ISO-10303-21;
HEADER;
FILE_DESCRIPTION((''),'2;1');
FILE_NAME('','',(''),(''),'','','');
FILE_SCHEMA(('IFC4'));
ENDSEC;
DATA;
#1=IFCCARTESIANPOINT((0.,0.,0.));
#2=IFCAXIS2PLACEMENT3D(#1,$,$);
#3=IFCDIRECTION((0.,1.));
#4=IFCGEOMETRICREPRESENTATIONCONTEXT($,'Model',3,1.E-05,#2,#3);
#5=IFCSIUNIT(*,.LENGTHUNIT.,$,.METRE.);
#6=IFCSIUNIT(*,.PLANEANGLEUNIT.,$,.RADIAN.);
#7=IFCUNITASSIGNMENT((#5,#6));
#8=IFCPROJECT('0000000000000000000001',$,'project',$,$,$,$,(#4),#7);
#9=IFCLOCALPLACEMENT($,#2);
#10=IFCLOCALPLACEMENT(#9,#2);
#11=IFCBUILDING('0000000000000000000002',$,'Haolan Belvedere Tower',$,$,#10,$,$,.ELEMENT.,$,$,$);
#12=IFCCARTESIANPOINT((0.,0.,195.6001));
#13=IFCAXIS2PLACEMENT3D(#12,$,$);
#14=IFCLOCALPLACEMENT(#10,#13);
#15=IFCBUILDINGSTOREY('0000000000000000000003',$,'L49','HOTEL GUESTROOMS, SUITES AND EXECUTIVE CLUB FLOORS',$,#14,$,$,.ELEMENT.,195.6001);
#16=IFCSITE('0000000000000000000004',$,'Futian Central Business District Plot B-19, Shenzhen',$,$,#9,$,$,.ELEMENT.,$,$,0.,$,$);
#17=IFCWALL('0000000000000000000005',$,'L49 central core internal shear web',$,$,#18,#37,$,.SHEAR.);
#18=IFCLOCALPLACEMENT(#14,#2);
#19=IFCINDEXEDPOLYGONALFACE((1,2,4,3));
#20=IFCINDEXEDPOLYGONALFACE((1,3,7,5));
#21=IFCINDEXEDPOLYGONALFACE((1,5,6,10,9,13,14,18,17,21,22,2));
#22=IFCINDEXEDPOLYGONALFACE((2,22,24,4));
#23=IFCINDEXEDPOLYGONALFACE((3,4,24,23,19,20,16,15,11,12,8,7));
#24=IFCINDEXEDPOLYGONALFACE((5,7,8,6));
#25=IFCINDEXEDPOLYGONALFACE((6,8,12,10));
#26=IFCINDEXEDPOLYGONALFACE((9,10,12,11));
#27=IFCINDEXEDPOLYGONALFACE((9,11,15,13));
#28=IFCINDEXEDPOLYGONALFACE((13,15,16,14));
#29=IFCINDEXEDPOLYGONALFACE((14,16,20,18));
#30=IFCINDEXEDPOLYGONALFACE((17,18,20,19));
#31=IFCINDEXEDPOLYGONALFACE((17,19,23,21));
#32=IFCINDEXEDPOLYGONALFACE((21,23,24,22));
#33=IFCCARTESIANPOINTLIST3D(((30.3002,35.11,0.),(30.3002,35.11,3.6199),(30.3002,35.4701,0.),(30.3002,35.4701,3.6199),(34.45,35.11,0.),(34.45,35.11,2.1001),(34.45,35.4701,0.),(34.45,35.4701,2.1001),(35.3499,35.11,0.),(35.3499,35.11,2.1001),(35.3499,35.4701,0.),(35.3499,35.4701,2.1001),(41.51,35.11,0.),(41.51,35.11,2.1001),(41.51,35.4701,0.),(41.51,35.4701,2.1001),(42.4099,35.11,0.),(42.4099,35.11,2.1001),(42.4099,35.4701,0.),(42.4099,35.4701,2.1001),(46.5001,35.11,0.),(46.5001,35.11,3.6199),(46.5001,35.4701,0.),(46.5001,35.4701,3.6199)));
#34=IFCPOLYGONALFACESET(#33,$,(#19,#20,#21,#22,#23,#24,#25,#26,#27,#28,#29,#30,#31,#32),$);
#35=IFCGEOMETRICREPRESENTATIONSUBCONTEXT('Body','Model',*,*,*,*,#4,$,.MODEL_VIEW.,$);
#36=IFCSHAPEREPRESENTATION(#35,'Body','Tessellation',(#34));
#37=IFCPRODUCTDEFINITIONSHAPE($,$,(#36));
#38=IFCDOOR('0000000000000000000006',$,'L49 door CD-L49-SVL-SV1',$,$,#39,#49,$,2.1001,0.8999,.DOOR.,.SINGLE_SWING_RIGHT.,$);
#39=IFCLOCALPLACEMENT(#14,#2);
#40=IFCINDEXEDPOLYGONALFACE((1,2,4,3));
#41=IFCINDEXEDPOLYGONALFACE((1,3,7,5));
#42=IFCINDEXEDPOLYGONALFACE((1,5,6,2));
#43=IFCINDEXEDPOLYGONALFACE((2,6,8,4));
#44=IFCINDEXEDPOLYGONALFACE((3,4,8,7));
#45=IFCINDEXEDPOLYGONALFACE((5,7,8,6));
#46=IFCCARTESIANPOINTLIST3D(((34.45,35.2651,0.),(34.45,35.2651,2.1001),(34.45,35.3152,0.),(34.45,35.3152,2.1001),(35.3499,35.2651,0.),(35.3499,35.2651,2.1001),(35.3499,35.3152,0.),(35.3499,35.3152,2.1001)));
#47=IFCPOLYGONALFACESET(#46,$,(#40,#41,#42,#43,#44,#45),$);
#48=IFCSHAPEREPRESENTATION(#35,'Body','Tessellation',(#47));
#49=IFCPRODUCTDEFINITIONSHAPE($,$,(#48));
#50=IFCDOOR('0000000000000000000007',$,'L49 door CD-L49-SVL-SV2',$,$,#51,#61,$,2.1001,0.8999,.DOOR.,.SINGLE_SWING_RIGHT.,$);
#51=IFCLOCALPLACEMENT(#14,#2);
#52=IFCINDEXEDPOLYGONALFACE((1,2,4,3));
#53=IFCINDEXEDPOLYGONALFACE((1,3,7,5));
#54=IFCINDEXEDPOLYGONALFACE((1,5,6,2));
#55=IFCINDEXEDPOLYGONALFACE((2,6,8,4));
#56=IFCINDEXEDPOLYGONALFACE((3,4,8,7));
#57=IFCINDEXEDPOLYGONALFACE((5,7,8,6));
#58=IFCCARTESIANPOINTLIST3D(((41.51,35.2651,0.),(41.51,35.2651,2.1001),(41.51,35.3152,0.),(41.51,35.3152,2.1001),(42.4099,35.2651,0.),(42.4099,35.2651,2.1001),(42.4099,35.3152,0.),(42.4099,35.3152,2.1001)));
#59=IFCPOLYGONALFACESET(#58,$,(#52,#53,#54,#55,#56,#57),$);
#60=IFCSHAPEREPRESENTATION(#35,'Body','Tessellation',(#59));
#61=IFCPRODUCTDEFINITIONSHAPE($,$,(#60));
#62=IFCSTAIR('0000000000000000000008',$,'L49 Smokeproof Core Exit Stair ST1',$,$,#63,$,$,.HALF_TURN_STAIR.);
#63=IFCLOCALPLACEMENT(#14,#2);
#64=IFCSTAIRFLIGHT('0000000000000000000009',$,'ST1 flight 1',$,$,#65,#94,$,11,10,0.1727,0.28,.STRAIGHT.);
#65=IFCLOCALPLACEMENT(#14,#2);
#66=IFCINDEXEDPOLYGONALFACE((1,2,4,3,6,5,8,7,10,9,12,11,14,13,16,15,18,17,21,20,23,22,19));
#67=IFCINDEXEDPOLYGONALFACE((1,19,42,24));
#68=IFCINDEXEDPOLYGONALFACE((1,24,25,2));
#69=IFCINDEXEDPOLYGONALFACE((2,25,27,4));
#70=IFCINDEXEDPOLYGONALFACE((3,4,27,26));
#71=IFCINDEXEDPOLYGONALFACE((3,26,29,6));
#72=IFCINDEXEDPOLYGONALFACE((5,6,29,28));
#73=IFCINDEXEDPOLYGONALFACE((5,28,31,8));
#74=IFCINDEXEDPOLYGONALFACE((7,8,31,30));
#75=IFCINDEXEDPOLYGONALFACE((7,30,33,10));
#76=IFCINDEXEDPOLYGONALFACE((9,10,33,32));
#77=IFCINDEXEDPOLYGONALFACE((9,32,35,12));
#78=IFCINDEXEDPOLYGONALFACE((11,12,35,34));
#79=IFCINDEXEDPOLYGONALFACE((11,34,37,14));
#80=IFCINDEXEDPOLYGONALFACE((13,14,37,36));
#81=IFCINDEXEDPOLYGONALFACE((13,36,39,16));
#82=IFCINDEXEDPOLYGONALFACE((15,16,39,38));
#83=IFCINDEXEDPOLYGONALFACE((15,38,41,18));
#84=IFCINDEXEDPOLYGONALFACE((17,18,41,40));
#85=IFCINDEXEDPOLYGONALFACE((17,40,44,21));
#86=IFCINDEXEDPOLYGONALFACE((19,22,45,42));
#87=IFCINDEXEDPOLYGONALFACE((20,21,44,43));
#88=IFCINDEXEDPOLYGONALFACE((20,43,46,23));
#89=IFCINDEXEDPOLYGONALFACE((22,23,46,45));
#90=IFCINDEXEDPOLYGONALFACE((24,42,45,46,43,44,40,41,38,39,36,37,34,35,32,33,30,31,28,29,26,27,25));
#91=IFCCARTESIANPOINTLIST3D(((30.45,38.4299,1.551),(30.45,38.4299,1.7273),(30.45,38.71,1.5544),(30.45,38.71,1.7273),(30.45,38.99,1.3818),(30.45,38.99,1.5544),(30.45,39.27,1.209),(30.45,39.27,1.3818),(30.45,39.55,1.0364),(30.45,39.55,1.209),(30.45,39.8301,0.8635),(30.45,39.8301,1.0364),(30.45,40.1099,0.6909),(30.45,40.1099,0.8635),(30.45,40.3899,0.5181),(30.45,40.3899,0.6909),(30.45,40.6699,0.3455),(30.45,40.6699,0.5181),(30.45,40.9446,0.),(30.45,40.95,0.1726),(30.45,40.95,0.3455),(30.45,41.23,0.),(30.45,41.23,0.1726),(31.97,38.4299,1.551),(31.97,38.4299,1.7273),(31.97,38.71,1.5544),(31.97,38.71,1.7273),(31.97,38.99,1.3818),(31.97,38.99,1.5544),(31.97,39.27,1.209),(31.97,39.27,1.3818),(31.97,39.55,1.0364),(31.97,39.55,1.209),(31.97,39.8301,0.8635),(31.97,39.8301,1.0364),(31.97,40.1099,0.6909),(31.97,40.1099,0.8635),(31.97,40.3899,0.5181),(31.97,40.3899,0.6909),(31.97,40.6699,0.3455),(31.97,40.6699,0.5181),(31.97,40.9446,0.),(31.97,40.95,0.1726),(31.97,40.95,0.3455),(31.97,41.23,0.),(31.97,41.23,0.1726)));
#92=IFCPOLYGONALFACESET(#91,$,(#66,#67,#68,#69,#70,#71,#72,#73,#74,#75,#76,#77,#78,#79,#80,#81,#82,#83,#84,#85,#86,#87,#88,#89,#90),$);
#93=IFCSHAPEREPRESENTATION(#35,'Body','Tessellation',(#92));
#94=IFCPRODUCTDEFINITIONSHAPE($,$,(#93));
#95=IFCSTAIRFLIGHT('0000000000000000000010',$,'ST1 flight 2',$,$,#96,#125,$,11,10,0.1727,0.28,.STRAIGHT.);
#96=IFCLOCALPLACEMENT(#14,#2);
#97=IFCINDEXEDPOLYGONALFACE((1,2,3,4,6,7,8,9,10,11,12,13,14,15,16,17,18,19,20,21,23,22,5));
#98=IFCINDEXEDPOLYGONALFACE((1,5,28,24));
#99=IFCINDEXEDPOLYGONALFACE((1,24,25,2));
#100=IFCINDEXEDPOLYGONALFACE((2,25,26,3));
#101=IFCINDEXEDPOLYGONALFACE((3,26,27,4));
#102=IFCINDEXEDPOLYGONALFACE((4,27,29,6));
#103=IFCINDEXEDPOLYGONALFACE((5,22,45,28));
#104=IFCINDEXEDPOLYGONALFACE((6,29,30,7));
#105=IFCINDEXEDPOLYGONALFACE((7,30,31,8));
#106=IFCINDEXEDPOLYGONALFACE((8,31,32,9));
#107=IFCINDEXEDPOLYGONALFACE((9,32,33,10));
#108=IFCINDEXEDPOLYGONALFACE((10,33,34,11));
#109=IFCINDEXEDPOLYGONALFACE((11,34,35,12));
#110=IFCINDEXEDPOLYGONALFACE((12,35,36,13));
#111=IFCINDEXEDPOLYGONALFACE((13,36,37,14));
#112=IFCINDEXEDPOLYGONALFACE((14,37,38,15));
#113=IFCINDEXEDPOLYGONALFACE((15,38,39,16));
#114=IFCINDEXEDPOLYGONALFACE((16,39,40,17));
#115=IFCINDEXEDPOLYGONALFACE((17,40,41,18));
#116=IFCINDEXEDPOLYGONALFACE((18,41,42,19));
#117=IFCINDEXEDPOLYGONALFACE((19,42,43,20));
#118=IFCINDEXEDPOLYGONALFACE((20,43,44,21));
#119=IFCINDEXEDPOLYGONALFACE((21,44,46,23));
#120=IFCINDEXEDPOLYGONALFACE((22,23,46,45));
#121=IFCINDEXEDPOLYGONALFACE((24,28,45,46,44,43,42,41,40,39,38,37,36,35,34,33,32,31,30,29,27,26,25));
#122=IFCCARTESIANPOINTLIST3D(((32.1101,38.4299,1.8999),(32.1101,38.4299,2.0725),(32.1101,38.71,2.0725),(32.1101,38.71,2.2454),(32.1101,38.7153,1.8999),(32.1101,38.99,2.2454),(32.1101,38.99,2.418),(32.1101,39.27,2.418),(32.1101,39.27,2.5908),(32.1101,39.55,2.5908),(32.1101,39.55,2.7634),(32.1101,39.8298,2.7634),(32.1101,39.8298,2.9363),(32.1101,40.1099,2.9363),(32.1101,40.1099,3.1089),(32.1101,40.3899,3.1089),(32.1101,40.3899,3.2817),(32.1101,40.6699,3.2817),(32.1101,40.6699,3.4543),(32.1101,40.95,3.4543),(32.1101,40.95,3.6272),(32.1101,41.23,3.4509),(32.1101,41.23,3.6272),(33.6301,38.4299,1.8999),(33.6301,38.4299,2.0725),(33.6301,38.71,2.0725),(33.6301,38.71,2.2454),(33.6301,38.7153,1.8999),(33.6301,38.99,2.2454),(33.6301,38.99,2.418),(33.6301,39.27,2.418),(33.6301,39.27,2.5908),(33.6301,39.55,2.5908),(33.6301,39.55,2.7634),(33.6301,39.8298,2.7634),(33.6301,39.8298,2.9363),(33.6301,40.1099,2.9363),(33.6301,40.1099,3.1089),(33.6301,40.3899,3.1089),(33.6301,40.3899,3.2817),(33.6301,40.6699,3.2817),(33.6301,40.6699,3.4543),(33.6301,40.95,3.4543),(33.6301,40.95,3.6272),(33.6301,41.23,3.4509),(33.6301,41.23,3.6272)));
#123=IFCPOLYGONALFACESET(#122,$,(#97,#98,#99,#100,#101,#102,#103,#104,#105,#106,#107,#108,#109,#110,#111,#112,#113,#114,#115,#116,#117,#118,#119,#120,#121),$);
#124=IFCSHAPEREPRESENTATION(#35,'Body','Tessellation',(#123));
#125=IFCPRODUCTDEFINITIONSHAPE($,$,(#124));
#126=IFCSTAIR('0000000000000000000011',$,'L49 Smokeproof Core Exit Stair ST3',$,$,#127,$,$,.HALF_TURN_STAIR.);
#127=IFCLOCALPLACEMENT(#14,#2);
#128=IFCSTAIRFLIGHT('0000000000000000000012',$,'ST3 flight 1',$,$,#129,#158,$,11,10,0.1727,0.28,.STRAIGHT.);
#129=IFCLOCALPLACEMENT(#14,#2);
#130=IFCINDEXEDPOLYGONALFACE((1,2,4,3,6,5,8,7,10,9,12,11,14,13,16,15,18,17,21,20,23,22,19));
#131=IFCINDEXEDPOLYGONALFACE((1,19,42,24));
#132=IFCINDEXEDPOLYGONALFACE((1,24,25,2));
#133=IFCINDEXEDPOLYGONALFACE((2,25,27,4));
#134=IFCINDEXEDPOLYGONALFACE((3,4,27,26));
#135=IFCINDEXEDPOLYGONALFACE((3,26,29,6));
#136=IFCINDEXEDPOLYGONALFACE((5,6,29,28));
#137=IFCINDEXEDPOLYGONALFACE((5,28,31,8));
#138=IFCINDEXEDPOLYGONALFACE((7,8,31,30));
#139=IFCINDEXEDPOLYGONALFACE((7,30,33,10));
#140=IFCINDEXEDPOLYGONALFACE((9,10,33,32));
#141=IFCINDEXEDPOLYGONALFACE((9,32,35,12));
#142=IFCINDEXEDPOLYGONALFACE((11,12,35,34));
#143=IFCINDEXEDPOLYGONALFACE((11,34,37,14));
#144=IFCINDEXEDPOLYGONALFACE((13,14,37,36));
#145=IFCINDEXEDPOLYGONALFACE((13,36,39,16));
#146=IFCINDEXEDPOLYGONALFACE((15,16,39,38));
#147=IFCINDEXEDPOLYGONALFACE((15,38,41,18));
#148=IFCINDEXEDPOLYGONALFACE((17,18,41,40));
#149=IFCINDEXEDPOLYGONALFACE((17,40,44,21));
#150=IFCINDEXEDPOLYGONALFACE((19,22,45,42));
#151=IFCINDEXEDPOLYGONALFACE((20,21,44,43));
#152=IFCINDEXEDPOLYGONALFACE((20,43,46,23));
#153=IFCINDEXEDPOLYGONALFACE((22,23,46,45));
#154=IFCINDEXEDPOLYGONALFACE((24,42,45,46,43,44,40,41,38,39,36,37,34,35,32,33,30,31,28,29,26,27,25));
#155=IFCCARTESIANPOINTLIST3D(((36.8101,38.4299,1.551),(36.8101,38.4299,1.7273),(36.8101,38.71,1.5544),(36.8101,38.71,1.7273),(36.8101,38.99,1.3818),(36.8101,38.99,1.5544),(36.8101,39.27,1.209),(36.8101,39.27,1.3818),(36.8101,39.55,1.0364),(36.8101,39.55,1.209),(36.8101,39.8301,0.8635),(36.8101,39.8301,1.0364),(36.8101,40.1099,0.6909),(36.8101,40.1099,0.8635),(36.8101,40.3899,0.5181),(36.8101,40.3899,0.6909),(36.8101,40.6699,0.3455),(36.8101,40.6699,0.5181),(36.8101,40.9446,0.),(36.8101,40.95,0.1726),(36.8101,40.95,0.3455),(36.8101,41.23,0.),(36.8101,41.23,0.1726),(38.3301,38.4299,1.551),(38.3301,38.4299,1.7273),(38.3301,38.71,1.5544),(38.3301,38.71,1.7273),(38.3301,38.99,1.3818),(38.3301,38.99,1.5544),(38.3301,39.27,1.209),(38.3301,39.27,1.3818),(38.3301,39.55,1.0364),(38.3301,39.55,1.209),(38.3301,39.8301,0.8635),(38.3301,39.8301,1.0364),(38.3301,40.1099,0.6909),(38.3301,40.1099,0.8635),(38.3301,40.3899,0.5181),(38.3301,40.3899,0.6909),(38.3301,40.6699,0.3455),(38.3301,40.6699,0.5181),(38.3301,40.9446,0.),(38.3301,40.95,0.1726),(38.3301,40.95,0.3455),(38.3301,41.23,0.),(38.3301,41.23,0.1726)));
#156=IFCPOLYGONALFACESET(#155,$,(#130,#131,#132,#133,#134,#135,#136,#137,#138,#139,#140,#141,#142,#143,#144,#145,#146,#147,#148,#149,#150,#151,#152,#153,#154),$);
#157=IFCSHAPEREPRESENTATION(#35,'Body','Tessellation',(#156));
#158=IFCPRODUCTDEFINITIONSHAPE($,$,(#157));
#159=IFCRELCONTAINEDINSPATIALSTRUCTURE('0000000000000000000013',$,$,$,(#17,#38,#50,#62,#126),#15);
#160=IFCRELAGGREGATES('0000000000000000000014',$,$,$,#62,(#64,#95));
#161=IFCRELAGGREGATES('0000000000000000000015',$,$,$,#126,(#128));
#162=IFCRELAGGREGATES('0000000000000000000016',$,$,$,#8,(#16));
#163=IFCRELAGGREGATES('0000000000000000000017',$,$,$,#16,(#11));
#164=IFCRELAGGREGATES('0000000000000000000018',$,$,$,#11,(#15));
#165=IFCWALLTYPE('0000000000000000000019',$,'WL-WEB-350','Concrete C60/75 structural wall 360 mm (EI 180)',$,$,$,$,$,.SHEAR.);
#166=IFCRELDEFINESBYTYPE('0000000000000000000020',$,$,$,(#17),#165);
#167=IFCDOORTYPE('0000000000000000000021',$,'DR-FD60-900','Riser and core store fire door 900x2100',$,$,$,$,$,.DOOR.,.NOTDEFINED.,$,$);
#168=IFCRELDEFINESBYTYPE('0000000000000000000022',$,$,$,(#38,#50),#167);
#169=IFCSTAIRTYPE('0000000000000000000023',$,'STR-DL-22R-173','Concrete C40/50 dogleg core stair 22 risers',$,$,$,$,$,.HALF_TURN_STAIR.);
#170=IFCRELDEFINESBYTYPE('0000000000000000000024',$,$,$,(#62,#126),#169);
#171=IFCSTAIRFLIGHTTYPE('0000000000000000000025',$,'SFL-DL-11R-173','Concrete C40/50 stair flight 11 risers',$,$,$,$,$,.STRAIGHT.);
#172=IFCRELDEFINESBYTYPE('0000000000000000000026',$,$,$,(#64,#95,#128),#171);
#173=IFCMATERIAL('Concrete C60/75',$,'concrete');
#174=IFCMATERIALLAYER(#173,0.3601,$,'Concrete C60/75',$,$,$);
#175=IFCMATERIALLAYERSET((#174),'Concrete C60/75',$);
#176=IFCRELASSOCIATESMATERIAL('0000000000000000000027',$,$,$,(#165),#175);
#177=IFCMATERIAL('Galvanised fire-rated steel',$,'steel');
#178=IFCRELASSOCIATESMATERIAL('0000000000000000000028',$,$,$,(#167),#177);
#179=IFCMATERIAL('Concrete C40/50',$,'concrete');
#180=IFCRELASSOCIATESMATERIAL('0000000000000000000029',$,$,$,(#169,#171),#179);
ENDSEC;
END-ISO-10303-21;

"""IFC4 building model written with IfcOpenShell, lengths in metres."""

from ifc_helpers import new_model, si_unit, direction, frame, frame_2d, origin, place, context, subcontext, project, spatial, polyline, rectangle, outline, extrude, material, layer, layer_set, type_object, element, fill, aggregate, save


model = new_model("IFC4")

# Units and contexts
model_context = context("Model", 3, precision=1e-05, world=origin(), true_north=direction((0.0, 1.0)))
body_context = subcontext(model_context, "Body", "Model", "MODEL_VIEW")
ifc_project = project(units=[si_unit("LENGTHUNIT", "METRE"), si_unit("PLANEANGLEUNIT", "RADIAN")], contexts=[model_context])

# Site, building, storey
site_placement = place(None, origin())
site = spatial("IfcSite", under=ifc_project, at=site_placement, Name="Futian Central Business District Plot B-19, Shenzhen", CompositionType="ELEMENT", RefElevation=0.0)
building_placement = place(site_placement, origin())
building = spatial("IfcBuilding", under=site, at=building_placement, Name="Haolan Belvedere Tower", CompositionType="ELEMENT")
storey_placement = place(building_placement, frame((0.0, 0.0, 195.6001)))
storey = spatial("IfcBuildingStorey", under=building, at=storey_placement, Name="L49", Description="HOTEL GUESTROOMS, SUITES AND EXECUTIVE CLUB FLOORS", CompositionType="ELEMENT", Elevation=195.6001)

# Wall, openings, doors
ifc_material_1 = material(Name="Concrete C60/75", Category="concrete")
ifc_layer_1 = layer(ifc_material_1, 0.3601, Name="Concrete C60/75")
ifc_layer_set_1 = layer_set([ifc_layer_1], Name="Concrete C60/75")
wall_type_1 = type_object("IfcWallType", Name="WL-WEB-350", Description="Concrete C60/75 structural wall 360 mm (EI 180)", PredefinedType="SHEAR", material=ifc_layer_set_1)
wall_1_placement = place(storey_placement, frame((30.3, 35.29, 0.0), z_axis=(0.0, 0.0, 1.0), x_axis=(1.0, 0.0, 0.0)))
wall_1 = element("IfcWall", 1, at=wall_1_placement, inside=storey, type_object=wall_type_1, Name="L49 central core internal shear web", PredefinedType="SHEAR", context=body_context, shape_type="SweptSolid", body=[
    extrude(rectangle(XDim=16.2, YDim=0.3601, at=frame_2d((8.1001, 0.0))), origin(), (0.0, 0.0, 1.0), 3.6199),
])
opening_1_placement = place(wall_1_placement, frame((5.0498, 0.0, 0.0), z_axis=(0.0, 0.0, 1.0), x_axis=(-1.0, 0.0, 0.0)))
opening_1 = element("IfcOpeningElement", 2, at=opening_1_placement, cuts=wall_1, PredefinedType="OPENING", context=body_context, shape_type="SweptSolid", body=[
    extrude(rectangle(XDim=0.8999, YDim=2.1001, at=frame_2d((0.45, 1.05))), frame((0.0, 0.1899, 0.0), z_axis=(0.0, -1.0, 0.0), x_axis=(1.0, 0.0, 0.0)), (0.0, 0.0, 1.0), 0.3801),
])
opening_2_placement = place(wall_1_placement, frame((12.1099, 0.0, 0.0), z_axis=(0.0, 0.0, 1.0), x_axis=(-1.0, 0.0, 0.0)))
opening_2 = element("IfcOpeningElement", 3, at=opening_2_placement, cuts=wall_1, PredefinedType="OPENING", context=body_context, shape_type="SweptSolid", body=[
    extrude(rectangle(XDim=0.8999, YDim=2.1001, at=frame_2d((0.45, 1.05))), frame((0.0, 0.1899, 0.0), z_axis=(0.0, -1.0, 0.0), x_axis=(1.0, 0.0, 0.0)), (0.0, 0.0, 1.0), 0.3801),
])
ifc_material_2 = material(Name="Galvanised fire-rated steel", Category="steel")
door_type_1 = type_object("IfcDoorType", Name="DR-FD60-900", Description="Riser and core store fire door 900x2100", OperationType="NOTDEFINED", PredefinedType="DOOR", material=ifc_material_2)
door_1_placement = place(opening_1_placement, origin())
door_1 = element("IfcDoor", 4, at=door_1_placement, inside=storey, type_object=door_type_1, Name="L49 door CD-L49-SVL-SV1", OperationType="SINGLE_SWING_RIGHT", OverallHeight=2.1001, OverallWidth=0.8999, PredefinedType="DOOR", context=body_context, shape_type="SweptSolid", body=[
    extrude(rectangle(XDim=0.8999, YDim=2.1001, at=frame_2d((0.45, 1.05))), frame((0.0, 0.0249, 0.0), z_axis=(0.0, -1.0, 0.0), x_axis=(1.0, 0.0, 0.0)), (0.0, 0.0, 1.0), 0.05),
])
fill(opening_1, door_1)
door_2_placement = place(opening_2_placement, origin())
door_2 = element("IfcDoor", 5, at=door_2_placement, inside=storey, type_object=door_type_1, Name="L49 door CD-L49-SVL-SV2", OperationType="SINGLE_SWING_RIGHT", OverallHeight=2.1001, OverallWidth=0.8999, PredefinedType="DOOR", context=body_context, shape_type="SweptSolid", body=[
    extrude(rectangle(XDim=0.8999, YDim=2.1001, at=frame_2d((0.45, 1.05))), frame((0.0, 0.0249, 0.0), z_axis=(0.0, -1.0, 0.0), x_axis=(1.0, 0.0, 0.0)), (0.0, 0.0, 1.0), 0.05),
])
fill(opening_2, door_2)

# Stair, stair flights
ifc_material_3 = material(Name="Concrete C40/50", Category="concrete")
stair_type = type_object("IfcStairType", Name="STR-DL-22R-173", Description="Concrete C40/50 dogleg core stair 22 risers", PredefinedType="HALF_TURN_STAIR", material=ifc_material_3)
stair_1_placement = place(storey_placement, origin())
stair_1 = element("IfcStair", 6, at=stair_1_placement, inside=storey, type_object=stair_type, Name="L49 Smokeproof Core Exit Stair ST1", PredefinedType="HALF_TURN_STAIR")
stair_flight_type = type_object("IfcStairFlightType", Name="SFL-DL-11R-173", Description="Concrete C40/50 stair flight 11 risers", PredefinedType="STRAIGHT", material=ifc_material_3)
stair_flight_1_placement = place(storey_placement, frame((31.21, 41.23, 0.0), z_axis=(0.0, 0.0, 1.0), x_axis=(0.0, -1.0, 0.0)))
stair_flight_1 = element("IfcStairFlight", 7, at=stair_flight_1_placement, type_object=stair_flight_type, Name="ST1 flight 1", NumberOfRisers=11, NumberOfTreads=10, PredefinedType="STRAIGHT", RiserHeight=0.1727, TreadLength=0.28, context=body_context, shape_type="SweptSolid", body=[
    extrude(outline(polyline([(0.0, 0.0), (0.0, 0.1726), (0.28, 0.1726), (0.28, 0.3455), (0.5601, 0.3455), (0.5601, 0.5181), (0.8401, 0.5181), (0.8401, 0.6909), (1.1201, 0.6909), (1.1201, 0.8635), (1.3999, 0.8635), (1.3999, 1.0364), (1.6799, 1.0364), (1.6799, 1.209), (1.96, 1.209), (1.96, 1.3818), (2.24, 1.3818), (2.24, 1.5544), (2.52, 1.5544), (2.52, 1.7273), (2.8, 1.7273), (2.8, 1.8999), (2.8, 1.551), (0.2854, 0.0), (0.0, 0.0)])), frame((0.0, 0.76, 0.0), z_axis=(0.0, -1.0, 0.0), x_axis=(1.0, 0.0, 0.0)), (0.0, 0.0, 1.0), 1.52),
])
stair_flight_2_placement = place(storey_placement, frame((32.8701, 38.4299, 1.8999), z_axis=(0.0, 0.0, 1.0), x_axis=(0.0, 1.0, 0.0)))
stair_flight_2 = element("IfcStairFlight", 8, at=stair_flight_2_placement, type_object=stair_flight_type, Name="ST1 flight 2", NumberOfRisers=11, NumberOfTreads=10, PredefinedType="STRAIGHT", RiserHeight=0.1727, TreadLength=0.28, context=body_context, shape_type="SweptSolid", body=[
    extrude(outline(polyline([(0.0, 0.0), (0.0, 0.1726), (0.28, 0.1726), (0.28, 0.3455), (0.5601, 0.3455), (0.5601, 0.5181), (0.8401, 0.5181), (0.8401, 0.6909), (1.1201, 0.6909), (1.1201, 0.8635), (1.3999, 0.8635), (1.3999, 1.0364), (1.6799, 1.0364), (1.6799, 1.209), (1.96, 1.209), (1.96, 1.3818), (2.24, 1.3818), (2.24, 1.5544), (2.52, 1.5544), (2.52, 1.7273), (2.8, 1.7273), (2.8, 1.8999), (2.8, 1.551), (0.2854, 0.0), (0.0, 0.0)])), frame((0.0, 0.76, 0.0), z_axis=(0.0, -1.0, 0.0), x_axis=(1.0, 0.0, 0.0)), (0.0, 0.0, 1.0), 1.52),
])
aggregate(stair_1, [stair_flight_1, stair_flight_2])

# Stair, stair flight
stair_2_placement = place(storey_placement, origin())
stair_2 = element("IfcStair", 9, at=stair_2_placement, inside=storey, type_object=stair_type, Name="L49 Smokeproof Core Exit Stair ST3", PredefinedType="HALF_TURN_STAIR")
stair_flight_3_placement = place(storey_placement, frame((37.5701, 41.23, 0.0), z_axis=(0.0, 0.0, 1.0), x_axis=(0.0, -1.0, 0.0)))
stair_flight_3 = element("IfcStairFlight", 10, at=stair_flight_3_placement, type_object=stair_flight_type, Name="ST3 flight 1", NumberOfRisers=11, NumberOfTreads=10, PredefinedType="STRAIGHT", RiserHeight=0.1727, TreadLength=0.28, context=body_context, shape_type="SweptSolid", body=[
    extrude(outline(polyline([(0.0, 0.0), (0.0, 0.1726), (0.28, 0.1726), (0.28, 0.3455), (0.5601, 0.3455), (0.5601, 0.5181), (0.8401, 0.5181), (0.8401, 0.6909), (1.1201, 0.6909), (1.1201, 0.8635), (1.3999, 0.8635), (1.3999, 1.0364), (1.6799, 1.0364), (1.6799, 1.209), (1.96, 1.209), (1.96, 1.3818), (2.24, 1.3818), (2.24, 1.5544), (2.52, 1.5544), (2.52, 1.7273), (2.8, 1.7273), (2.8, 1.8999), (2.8, 1.551), (0.2854, 0.0), (0.0, 0.0)])), frame((0.0, 0.76, 0.0), z_axis=(0.0, -1.0, 0.0), x_axis=(1.0, 0.0, 0.0)), (0.0, 0.0, 1.0), 1.52),
])
aggregate(stair_2, [stair_flight_3])

save(model, "model.ifc")
